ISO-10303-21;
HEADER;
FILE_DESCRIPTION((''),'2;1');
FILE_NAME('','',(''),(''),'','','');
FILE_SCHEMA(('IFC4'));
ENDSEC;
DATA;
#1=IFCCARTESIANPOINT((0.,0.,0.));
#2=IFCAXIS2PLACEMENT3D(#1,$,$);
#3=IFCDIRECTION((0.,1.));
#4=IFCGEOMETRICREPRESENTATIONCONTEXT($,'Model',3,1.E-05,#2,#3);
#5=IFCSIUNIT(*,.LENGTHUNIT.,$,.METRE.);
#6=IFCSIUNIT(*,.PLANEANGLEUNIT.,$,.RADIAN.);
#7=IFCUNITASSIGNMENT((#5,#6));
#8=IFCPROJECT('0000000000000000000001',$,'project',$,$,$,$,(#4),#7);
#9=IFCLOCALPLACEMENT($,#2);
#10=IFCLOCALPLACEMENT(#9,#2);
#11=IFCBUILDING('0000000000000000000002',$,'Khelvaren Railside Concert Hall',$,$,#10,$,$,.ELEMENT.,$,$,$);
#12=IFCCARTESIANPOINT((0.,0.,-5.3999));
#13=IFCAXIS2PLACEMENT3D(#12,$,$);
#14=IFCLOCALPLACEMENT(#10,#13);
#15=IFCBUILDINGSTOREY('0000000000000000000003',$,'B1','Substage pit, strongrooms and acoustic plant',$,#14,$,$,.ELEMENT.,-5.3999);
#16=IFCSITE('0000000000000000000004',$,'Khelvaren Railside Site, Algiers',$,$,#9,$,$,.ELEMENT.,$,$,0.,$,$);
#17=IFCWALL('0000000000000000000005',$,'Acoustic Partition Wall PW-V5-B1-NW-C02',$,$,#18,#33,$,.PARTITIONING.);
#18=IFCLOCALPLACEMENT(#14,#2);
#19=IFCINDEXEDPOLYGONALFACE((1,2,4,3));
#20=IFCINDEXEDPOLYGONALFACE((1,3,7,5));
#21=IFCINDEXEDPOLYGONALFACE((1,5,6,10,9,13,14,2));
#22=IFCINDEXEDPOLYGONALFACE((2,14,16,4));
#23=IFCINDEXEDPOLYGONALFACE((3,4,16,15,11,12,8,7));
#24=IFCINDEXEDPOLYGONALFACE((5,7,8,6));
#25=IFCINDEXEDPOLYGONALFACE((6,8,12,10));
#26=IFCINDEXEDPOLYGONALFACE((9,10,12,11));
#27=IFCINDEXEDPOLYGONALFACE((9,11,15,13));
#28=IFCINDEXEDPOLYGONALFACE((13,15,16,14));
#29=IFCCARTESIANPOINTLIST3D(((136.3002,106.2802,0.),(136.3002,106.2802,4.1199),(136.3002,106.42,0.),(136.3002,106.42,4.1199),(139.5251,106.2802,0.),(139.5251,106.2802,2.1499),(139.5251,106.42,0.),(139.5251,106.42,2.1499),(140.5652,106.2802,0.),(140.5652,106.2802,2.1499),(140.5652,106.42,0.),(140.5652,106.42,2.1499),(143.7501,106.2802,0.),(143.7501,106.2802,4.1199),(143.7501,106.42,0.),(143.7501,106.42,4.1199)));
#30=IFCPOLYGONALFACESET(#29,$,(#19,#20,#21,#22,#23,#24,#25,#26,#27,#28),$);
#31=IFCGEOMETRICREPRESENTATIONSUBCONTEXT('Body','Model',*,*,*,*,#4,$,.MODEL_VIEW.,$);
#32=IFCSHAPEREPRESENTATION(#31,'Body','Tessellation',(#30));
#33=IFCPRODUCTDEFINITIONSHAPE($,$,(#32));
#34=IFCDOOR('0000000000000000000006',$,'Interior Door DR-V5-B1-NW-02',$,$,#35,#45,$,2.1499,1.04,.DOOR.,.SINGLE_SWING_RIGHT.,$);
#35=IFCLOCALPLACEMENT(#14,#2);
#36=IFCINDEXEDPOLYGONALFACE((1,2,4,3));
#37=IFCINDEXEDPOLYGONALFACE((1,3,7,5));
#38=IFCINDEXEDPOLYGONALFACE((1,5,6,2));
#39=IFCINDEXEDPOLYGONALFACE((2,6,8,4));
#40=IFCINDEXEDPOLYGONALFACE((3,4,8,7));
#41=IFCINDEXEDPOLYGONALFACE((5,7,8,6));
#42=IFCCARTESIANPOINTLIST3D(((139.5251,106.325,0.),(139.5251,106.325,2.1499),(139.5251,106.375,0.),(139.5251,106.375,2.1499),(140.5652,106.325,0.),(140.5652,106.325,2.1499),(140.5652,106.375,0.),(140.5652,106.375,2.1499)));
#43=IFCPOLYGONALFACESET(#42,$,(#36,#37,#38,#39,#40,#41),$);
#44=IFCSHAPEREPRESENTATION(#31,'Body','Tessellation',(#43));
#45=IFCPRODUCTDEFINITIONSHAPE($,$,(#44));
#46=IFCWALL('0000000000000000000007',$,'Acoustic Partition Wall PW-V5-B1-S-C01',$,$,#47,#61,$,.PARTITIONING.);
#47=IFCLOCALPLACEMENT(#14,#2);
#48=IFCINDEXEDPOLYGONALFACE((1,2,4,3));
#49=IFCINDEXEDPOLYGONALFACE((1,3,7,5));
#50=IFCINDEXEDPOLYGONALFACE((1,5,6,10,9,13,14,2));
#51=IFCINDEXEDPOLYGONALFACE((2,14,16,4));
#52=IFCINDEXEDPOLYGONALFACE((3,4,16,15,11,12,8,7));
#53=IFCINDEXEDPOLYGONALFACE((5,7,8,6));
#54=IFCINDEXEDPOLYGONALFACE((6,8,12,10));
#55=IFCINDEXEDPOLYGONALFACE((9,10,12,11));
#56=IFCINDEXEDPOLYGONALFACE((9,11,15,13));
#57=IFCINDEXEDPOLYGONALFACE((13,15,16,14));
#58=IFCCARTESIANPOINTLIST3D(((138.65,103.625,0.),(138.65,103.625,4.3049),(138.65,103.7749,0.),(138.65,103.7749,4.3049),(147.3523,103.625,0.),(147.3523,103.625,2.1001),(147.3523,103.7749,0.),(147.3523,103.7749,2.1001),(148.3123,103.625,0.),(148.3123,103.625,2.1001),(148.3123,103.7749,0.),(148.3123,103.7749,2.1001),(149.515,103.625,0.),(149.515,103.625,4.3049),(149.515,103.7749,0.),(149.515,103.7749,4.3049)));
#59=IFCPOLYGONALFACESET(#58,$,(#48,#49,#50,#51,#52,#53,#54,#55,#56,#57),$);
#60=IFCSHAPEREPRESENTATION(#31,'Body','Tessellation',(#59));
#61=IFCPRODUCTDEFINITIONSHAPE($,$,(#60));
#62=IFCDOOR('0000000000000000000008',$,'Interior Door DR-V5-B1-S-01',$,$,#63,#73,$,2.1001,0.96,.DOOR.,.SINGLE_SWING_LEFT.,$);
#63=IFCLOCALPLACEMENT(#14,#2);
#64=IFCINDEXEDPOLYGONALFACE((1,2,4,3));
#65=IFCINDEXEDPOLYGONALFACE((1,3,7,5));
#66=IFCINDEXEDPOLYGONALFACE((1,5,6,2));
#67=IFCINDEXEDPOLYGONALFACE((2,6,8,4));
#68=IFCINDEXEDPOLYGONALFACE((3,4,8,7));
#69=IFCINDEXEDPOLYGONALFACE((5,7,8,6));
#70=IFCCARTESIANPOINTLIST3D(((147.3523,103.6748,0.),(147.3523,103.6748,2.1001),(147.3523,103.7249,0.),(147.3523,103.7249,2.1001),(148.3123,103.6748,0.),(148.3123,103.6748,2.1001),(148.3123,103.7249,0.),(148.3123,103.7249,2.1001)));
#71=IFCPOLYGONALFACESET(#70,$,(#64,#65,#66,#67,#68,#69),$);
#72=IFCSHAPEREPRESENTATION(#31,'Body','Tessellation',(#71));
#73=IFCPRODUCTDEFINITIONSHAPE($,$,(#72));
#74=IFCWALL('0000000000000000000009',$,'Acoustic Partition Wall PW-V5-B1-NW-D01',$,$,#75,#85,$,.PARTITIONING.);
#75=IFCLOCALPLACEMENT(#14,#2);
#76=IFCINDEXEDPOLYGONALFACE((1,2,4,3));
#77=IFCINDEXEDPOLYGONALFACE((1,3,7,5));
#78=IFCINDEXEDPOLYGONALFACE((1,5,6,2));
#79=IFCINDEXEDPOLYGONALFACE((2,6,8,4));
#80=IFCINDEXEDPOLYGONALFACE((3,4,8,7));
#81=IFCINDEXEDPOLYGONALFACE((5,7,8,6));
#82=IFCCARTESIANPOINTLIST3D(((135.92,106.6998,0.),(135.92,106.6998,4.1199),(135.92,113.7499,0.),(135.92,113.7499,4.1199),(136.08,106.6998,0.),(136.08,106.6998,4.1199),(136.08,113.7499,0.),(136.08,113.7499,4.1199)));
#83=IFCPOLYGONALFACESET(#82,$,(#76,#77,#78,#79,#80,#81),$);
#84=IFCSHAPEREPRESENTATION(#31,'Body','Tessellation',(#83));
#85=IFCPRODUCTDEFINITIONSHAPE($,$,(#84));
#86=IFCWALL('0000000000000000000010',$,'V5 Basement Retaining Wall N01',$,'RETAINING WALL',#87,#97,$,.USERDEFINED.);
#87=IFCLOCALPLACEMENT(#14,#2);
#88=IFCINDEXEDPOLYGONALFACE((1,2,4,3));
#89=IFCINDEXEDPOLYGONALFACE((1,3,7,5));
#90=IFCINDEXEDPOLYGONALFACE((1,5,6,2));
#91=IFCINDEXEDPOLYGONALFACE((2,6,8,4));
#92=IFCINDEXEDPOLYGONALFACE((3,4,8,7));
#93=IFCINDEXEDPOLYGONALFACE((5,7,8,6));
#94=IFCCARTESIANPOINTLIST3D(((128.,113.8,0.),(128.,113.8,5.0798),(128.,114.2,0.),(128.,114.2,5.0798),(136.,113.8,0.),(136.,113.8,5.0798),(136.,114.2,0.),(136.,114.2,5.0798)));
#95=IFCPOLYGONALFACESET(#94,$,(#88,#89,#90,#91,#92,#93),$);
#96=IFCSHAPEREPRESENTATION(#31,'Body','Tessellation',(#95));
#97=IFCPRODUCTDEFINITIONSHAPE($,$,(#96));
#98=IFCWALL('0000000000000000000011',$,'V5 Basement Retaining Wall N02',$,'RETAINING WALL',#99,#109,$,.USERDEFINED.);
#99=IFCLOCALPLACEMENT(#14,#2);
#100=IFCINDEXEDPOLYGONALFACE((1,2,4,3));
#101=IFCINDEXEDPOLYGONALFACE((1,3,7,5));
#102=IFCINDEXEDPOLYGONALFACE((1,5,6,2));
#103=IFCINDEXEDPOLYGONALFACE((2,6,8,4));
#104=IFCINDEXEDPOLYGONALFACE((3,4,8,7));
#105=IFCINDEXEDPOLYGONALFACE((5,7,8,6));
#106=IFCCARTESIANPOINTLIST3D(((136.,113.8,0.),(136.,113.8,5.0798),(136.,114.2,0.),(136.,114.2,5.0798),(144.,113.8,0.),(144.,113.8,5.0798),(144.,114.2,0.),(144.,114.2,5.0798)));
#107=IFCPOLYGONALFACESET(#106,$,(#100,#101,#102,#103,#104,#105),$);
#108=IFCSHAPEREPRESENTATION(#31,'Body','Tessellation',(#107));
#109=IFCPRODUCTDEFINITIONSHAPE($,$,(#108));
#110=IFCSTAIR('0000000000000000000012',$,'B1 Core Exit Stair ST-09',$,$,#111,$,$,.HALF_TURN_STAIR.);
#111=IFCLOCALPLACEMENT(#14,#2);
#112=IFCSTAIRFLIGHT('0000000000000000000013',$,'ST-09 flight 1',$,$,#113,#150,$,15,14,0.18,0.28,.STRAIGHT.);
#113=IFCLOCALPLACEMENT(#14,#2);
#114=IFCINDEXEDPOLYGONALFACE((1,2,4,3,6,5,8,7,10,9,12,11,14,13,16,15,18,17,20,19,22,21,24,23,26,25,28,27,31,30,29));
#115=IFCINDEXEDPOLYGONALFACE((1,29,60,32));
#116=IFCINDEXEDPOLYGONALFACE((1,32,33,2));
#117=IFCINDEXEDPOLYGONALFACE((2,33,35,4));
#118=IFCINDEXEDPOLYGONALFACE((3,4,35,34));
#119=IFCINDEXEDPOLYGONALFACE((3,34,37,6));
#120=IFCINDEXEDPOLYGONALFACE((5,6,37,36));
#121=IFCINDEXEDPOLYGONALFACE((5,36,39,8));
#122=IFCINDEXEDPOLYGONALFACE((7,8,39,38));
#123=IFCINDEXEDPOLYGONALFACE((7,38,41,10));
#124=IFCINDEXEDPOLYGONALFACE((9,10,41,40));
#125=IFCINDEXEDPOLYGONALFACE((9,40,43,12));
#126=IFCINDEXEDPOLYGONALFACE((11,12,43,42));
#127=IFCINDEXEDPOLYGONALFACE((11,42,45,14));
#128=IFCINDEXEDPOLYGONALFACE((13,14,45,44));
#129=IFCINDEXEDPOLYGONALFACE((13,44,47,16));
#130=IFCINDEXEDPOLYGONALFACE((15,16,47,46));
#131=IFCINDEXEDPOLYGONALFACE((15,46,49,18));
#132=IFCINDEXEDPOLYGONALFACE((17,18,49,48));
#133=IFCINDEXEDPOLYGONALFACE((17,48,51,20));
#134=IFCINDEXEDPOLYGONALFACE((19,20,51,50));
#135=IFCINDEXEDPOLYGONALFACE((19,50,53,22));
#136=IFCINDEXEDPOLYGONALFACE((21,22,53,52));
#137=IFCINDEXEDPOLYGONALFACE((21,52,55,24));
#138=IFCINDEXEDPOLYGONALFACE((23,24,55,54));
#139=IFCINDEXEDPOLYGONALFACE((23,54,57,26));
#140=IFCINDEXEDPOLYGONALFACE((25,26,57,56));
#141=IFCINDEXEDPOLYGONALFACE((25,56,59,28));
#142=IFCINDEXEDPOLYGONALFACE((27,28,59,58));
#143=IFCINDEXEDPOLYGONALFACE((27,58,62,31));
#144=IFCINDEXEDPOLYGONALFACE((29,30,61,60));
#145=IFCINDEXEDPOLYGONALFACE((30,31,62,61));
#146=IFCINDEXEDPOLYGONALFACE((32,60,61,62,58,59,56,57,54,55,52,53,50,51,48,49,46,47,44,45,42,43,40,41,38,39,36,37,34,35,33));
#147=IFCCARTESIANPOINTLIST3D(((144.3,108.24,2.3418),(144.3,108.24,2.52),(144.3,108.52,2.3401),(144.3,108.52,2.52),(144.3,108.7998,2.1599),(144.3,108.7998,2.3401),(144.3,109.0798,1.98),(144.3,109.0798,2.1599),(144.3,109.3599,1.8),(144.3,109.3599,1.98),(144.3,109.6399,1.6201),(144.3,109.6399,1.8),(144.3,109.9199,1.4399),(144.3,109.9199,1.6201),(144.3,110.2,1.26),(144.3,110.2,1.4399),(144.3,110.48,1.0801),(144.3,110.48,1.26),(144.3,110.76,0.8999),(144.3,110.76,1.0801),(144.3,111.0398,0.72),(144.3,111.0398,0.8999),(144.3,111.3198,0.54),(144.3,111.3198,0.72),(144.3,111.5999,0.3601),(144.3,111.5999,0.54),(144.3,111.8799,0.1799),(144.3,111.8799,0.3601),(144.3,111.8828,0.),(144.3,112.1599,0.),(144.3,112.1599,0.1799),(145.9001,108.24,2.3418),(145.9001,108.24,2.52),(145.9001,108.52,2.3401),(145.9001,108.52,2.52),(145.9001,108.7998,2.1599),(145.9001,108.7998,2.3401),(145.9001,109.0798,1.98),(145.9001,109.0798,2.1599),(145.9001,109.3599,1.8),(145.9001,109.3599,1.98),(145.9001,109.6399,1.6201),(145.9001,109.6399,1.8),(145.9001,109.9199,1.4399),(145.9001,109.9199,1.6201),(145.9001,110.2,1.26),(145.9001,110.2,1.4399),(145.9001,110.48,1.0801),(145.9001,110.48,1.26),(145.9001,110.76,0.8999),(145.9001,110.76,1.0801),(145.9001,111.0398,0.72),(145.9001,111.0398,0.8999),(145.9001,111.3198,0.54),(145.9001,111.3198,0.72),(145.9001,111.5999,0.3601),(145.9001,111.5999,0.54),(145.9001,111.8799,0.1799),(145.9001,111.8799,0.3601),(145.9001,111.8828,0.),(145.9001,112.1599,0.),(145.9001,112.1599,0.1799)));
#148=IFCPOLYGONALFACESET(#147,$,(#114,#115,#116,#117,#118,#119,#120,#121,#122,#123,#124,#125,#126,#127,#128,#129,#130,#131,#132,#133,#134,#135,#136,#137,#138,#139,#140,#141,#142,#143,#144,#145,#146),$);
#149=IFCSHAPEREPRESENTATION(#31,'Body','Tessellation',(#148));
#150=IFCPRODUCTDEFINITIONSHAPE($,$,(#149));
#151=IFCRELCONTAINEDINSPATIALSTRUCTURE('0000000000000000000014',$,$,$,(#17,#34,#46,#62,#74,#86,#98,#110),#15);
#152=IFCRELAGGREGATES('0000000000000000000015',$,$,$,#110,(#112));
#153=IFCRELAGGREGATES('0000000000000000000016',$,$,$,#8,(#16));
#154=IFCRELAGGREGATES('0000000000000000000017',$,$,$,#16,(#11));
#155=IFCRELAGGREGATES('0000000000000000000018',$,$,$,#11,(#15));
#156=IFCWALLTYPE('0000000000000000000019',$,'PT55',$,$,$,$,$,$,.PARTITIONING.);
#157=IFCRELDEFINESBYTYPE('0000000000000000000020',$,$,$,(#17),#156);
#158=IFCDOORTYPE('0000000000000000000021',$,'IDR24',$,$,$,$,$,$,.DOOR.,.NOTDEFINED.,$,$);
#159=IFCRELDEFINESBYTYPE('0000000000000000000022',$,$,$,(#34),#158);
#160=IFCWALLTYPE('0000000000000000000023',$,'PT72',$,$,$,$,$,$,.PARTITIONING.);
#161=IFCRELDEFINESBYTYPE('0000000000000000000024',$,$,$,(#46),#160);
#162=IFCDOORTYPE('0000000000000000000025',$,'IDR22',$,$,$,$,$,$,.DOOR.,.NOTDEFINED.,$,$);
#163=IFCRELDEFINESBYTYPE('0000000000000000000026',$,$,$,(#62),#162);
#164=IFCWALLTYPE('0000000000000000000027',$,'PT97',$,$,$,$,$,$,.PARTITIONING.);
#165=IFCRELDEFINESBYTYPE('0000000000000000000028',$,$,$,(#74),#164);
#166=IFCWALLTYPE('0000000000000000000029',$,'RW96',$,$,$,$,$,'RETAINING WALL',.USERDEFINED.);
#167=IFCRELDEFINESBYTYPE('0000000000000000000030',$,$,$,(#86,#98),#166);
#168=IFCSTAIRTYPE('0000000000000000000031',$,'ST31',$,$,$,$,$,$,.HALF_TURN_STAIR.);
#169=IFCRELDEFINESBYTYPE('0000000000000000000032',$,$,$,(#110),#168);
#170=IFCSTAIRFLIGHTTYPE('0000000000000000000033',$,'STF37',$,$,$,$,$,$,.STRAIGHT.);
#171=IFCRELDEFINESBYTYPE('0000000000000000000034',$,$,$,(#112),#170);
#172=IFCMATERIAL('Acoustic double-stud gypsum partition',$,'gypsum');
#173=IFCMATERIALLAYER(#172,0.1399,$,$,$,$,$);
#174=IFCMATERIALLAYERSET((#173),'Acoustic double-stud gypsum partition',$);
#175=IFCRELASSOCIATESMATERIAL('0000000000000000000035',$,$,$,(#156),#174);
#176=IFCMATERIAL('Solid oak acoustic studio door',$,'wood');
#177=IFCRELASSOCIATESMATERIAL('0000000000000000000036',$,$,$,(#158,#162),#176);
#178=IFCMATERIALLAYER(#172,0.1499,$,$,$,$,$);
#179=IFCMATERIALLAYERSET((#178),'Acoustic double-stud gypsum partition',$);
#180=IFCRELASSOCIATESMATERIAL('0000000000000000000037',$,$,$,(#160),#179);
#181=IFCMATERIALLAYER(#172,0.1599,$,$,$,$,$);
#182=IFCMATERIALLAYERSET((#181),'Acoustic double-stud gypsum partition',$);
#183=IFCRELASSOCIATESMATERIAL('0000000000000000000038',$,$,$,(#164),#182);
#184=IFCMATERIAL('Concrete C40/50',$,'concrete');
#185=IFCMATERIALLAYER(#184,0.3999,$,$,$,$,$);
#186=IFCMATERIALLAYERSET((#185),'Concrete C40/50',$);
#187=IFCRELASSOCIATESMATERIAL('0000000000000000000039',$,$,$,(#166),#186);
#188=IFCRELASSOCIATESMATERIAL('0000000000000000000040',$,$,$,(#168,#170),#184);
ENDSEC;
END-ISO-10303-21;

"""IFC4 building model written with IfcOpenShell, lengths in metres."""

from ifc_helpers import new_model, si_unit, direction, frame, frame_2d, origin, place, context, subcontext, project, spatial, polyline, rectangle, outline, extrude, material, layer, layer_set, type_object, element, fill, aggregate, save


model = new_model("IFC4")

# Units and contexts
model_context = context("Model", 3, precision=1e-05, world=origin(), true_north=direction((0.0, 1.0)))
body_context = subcontext(model_context, "Body", "Model", "MODEL_VIEW")
ifc_project = project(units=[si_unit("LENGTHUNIT", "METRE"), si_unit("PLANEANGLEUNIT", "RADIAN")], contexts=[model_context])

# Site, building, storey
site_placement = place(None, origin())
site = spatial("IfcSite", under=ifc_project, at=site_placement, Name="Khelvaren Railside Site, Algiers", CompositionType="ELEMENT", RefElevation=0.0)
building_placement = place(site_placement, origin())
building = spatial("IfcBuilding", under=site, at=building_placement, Name="Khelvaren Railside Concert Hall", CompositionType="ELEMENT")
storey_placement = place(building_placement, frame((0.0, 0.0, -5.3999)))
storey = spatial("IfcBuildingStorey", under=building, at=storey_placement, Name="B1", Description="Substage pit, strongrooms and acoustic plant", CompositionType="ELEMENT", Elevation=-5.3999)

# Shared definitions
ifc_material_1 = material(Name="Concrete C40/50", Category="concrete")

# Walls, openings, doors
ifc_material_2 = material(Name="Acoustic double-stud gypsum partition", Category="gypsum")
ifc_layer_1 = layer(ifc_material_2, 0.1399)
ifc_layer_set_1 = layer_set([ifc_layer_1], Name="Acoustic double-stud gypsum partition")
wall_type_1 = type_object("IfcWallType", Name="PT55", PredefinedType="PARTITIONING", material=ifc_layer_set_1)
wall_1_placement = place(storey_placement, frame((136.3, 106.3501, 0.0), z_axis=(0.0, 0.0, 1.0), x_axis=(1.0, 0.0, 0.0)))
wall_1 = element("IfcWall", 1, at=wall_1_placement, inside=storey, type_object=wall_type_1, Name="Acoustic Partition Wall PW-V5-B1-NW-C02", PredefinedType="PARTITIONING", context=body_context, shape_type="SweptSolid", body=[
    extrude(rectangle(XDim=7.45, YDim=0.1399, at=frame_2d((3.7251, 0.0))), origin(), (0.0, 0.0, 1.0), 4.1199),
])
opening_1_placement = place(wall_1_placement, frame((3.2251, 0.0, 0.0)))
opening_1 = element("IfcOpeningElement", 2, at=opening_1_placement, cuts=wall_1, PredefinedType="OPENING", context=body_context, shape_type="SweptSolid", body=[
    extrude(rectangle(XDim=1.04, YDim=2.1499, at=frame_2d((0.52, 1.075))), frame((0.0, 0.0798, 0.0), z_axis=(0.0, -1.0, 0.0), x_axis=(1.0, 0.0, 0.0)), (0.0, 0.0, 1.0), 0.1599),
])
ifc_material_3 = material(Name="Solid oak acoustic studio door", Category="wood")
door_type_1 = type_object("IfcDoorType", Name="IDR24", OperationType="NOTDEFINED", PredefinedType="DOOR", material=ifc_material_3)
door_1_placement = place(opening_1_placement, origin())
door_1 = element("IfcDoor", 3, at=door_1_placement, inside=storey, type_object=door_type_1, Name="Interior Door DR-V5-B1-NW-02", OperationType="SINGLE_SWING_RIGHT", OverallHeight=2.1499, OverallWidth=1.04, PredefinedType="DOOR", context=body_context, shape_type="SweptSolid", body=[
    extrude(rectangle(XDim=1.04, YDim=2.1499, at=frame_2d((0.52, 1.075))), frame((0.0, 0.0249, 0.0), z_axis=(0.0, -1.0, 0.0), x_axis=(1.0, 0.0, 0.0)), (0.0, 0.0, 1.0), 0.05),
])
fill(opening_1, door_1)
ifc_layer_2 = layer(ifc_material_2, 0.1499)
ifc_layer_set_2 = layer_set([ifc_layer_2], Name="Acoustic double-stud gypsum partition")
wall_type_2 = type_object("IfcWallType", Name="PT72", PredefinedType="PARTITIONING", material=ifc_layer_set_2)
wall_2_placement = place(storey_placement, frame((138.6499, 103.7, 0.0), z_axis=(0.0, 0.0, 1.0), x_axis=(1.0, 0.0, 0.0)))
wall_2 = element("IfcWall", 4, at=wall_2_placement, inside=storey, type_object=wall_type_2, Name="Acoustic Partition Wall PW-V5-B1-S-C01", PredefinedType="PARTITIONING", context=body_context, shape_type="SweptSolid", body=[
    extrude(rectangle(XDim=10.865, YDim=0.1499, at=frame_2d((5.4326, 0.0))), origin(), (0.0, 0.0, 1.0), 4.3049),
])
opening_2_placement = place(wall_2_placement, frame((8.7024, 0.0, 0.0)))
opening_2 = element("IfcOpeningElement", 5, at=opening_2_placement, cuts=wall_2, PredefinedType="OPENING", context=body_context, shape_type="SweptSolid", body=[
    extrude(rectangle(XDim=0.96, YDim=2.1001, at=frame_2d((0.48, 1.05))), frame((0.0, 0.085, 0.0), z_axis=(0.0, -1.0, 0.0), x_axis=(1.0, 0.0, 0.0)), (0.0, 0.0, 1.0), 0.1699),
])
door_type_2 = type_object("IfcDoorType", Name="IDR22", OperationType="NOTDEFINED", PredefinedType="DOOR", material=ifc_material_3)
door_2_placement = place(opening_2_placement, origin())
door_2 = element("IfcDoor", 6, at=door_2_placement, inside=storey, type_object=door_type_2, Name="Interior Door DR-V5-B1-S-01", OperationType="SINGLE_SWING_LEFT", OverallHeight=2.1001, OverallWidth=0.96, PredefinedType="DOOR", context=body_context, shape_type="SweptSolid", body=[
    extrude(rectangle(XDim=0.96, YDim=2.1001, at=frame_2d((0.48, 1.05))), frame((0.0, 0.0249, 0.0), z_axis=(0.0, -1.0, 0.0), x_axis=(1.0, 0.0, 0.0)), (0.0, 0.0, 1.0), 0.05),
])
fill(opening_2, door_2)

# Walls
ifc_layer_3 = layer(ifc_material_2, 0.1599)
ifc_layer_set_3 = layer_set([ifc_layer_3], Name="Acoustic double-stud gypsum partition")
wall_type_3 = type_object("IfcWallType", Name="PT97", PredefinedType="PARTITIONING", material=ifc_layer_set_3)
wall_3_placement = place(storey_placement, frame((136.0, 106.7, 0.0), z_axis=(0.0, 0.0, 1.0), x_axis=(0.0, 1.0, 0.0)))
element("IfcWall", 7, at=wall_3_placement, inside=storey, type_object=wall_type_3, Name="Acoustic Partition Wall PW-V5-B1-NW-D01", PredefinedType="PARTITIONING", context=body_context, shape_type="SweptSolid", body=[
    extrude(rectangle(XDim=7.05, YDim=0.1599, at=frame_2d((3.5249, 0.0))), origin(), (0.0, 0.0, 1.0), 4.1199),
])
ifc_layer_4 = layer(ifc_material_1, 0.3999)
ifc_layer_set_4 = layer_set([ifc_layer_4], Name="Concrete C40/50")
wall_type_4 = type_object("IfcWallType", Name="RW96", ElementType="RETAINING WALL", PredefinedType="USERDEFINED", material=ifc_layer_set_4)
for number, where, z_axis, x_axis, name in (
    (8, (136.0, 114.0, 0.0), (0.0, 0.0, 1.0), (-1.0, 0.0, 0.0), "V5 Basement Retaining Wall N01"),
    (9, (144.0, 114.0, 0.0), (0.0, 0.0, 1.0), (-1.0, 0.0, 0.0), "V5 Basement Retaining Wall N02"),
):
    element("IfcWall", number, at=place(storey_placement, frame(where, z_axis=z_axis, x_axis=x_axis)), inside=storey, type_object=wall_type_4, Name=name, ObjectType="RETAINING WALL", PredefinedType="USERDEFINED", context=body_context, shape_type="SweptSolid", body=[
        extrude(rectangle(XDim=8.0, YDim=0.3999, at=frame_2d((4.0, 0.0))), origin(), (0.0, 0.0, 1.0), 5.0798),
    ])

# Stair, stair flight
stair_type = type_object("IfcStairType", Name="ST31", PredefinedType="HALF_TURN_STAIR", material=ifc_material_1)
stair_placement = place(storey_placement, origin())
stair = element("IfcStair", 10, at=stair_placement, inside=storey, type_object=stair_type, Name="B1 Core Exit Stair ST-09", PredefinedType="HALF_TURN_STAIR")
stair_flight_type = type_object("IfcStairFlightType", Name="STF37", PredefinedType="STRAIGHT", material=ifc_material_1)
stair_flight_placement = place(storey_placement, frame((145.1001, 112.1599, 0.0), z_axis=(0.0, 0.0, 1.0), x_axis=(0.0, -1.0, 0.0)))
stair_flight = element("IfcStairFlight", 11, at=stair_flight_placement, type_object=stair_flight_type, Name="ST-09 flight 1", NumberOfRisers=15, NumberOfTreads=14, PredefinedType="STRAIGHT", RiserHeight=0.18, TreadLength=0.28, context=body_context, shape_type="SweptSolid", body=[
    extrude(outline(polyline([(0.0, 0.0), (0.0, 0.1799), (0.28, 0.1799), (0.28, 0.3601), (0.5601, 0.3601), (0.5601, 0.54), (0.8401, 0.54), (0.8401, 0.72), (1.1201, 0.72), (1.1201, 0.8999), (1.3999, 0.8999), (1.3999, 1.0801), (1.6799, 1.0801), (1.6799, 1.26), (1.96, 1.26), (1.96, 1.4399), (2.24, 1.4399), (2.24, 1.6201), (2.52, 1.6201), (2.52, 1.8), (2.8, 1.8), (2.8, 1.98), (3.0801, 1.98), (3.0801, 2.1599), (3.3601, 2.1599), (3.3601, 2.3401), (3.6399, 2.3401), (3.6399, 2.52), (3.9199, 2.52), (3.9199, 2.7), (3.9199, 2.3418), (0.2771, 0.0), (0.0, 0.0)])), frame((0.0, 0.8, 0.0), z_axis=(0.0, -1.0, 0.0), x_axis=(1.0, 0.0, 0.0)), (0.0, 0.0, 1.0), 1.6001),
])
aggregate(stair, [stair_flight])

save(model, "model.ifc")
